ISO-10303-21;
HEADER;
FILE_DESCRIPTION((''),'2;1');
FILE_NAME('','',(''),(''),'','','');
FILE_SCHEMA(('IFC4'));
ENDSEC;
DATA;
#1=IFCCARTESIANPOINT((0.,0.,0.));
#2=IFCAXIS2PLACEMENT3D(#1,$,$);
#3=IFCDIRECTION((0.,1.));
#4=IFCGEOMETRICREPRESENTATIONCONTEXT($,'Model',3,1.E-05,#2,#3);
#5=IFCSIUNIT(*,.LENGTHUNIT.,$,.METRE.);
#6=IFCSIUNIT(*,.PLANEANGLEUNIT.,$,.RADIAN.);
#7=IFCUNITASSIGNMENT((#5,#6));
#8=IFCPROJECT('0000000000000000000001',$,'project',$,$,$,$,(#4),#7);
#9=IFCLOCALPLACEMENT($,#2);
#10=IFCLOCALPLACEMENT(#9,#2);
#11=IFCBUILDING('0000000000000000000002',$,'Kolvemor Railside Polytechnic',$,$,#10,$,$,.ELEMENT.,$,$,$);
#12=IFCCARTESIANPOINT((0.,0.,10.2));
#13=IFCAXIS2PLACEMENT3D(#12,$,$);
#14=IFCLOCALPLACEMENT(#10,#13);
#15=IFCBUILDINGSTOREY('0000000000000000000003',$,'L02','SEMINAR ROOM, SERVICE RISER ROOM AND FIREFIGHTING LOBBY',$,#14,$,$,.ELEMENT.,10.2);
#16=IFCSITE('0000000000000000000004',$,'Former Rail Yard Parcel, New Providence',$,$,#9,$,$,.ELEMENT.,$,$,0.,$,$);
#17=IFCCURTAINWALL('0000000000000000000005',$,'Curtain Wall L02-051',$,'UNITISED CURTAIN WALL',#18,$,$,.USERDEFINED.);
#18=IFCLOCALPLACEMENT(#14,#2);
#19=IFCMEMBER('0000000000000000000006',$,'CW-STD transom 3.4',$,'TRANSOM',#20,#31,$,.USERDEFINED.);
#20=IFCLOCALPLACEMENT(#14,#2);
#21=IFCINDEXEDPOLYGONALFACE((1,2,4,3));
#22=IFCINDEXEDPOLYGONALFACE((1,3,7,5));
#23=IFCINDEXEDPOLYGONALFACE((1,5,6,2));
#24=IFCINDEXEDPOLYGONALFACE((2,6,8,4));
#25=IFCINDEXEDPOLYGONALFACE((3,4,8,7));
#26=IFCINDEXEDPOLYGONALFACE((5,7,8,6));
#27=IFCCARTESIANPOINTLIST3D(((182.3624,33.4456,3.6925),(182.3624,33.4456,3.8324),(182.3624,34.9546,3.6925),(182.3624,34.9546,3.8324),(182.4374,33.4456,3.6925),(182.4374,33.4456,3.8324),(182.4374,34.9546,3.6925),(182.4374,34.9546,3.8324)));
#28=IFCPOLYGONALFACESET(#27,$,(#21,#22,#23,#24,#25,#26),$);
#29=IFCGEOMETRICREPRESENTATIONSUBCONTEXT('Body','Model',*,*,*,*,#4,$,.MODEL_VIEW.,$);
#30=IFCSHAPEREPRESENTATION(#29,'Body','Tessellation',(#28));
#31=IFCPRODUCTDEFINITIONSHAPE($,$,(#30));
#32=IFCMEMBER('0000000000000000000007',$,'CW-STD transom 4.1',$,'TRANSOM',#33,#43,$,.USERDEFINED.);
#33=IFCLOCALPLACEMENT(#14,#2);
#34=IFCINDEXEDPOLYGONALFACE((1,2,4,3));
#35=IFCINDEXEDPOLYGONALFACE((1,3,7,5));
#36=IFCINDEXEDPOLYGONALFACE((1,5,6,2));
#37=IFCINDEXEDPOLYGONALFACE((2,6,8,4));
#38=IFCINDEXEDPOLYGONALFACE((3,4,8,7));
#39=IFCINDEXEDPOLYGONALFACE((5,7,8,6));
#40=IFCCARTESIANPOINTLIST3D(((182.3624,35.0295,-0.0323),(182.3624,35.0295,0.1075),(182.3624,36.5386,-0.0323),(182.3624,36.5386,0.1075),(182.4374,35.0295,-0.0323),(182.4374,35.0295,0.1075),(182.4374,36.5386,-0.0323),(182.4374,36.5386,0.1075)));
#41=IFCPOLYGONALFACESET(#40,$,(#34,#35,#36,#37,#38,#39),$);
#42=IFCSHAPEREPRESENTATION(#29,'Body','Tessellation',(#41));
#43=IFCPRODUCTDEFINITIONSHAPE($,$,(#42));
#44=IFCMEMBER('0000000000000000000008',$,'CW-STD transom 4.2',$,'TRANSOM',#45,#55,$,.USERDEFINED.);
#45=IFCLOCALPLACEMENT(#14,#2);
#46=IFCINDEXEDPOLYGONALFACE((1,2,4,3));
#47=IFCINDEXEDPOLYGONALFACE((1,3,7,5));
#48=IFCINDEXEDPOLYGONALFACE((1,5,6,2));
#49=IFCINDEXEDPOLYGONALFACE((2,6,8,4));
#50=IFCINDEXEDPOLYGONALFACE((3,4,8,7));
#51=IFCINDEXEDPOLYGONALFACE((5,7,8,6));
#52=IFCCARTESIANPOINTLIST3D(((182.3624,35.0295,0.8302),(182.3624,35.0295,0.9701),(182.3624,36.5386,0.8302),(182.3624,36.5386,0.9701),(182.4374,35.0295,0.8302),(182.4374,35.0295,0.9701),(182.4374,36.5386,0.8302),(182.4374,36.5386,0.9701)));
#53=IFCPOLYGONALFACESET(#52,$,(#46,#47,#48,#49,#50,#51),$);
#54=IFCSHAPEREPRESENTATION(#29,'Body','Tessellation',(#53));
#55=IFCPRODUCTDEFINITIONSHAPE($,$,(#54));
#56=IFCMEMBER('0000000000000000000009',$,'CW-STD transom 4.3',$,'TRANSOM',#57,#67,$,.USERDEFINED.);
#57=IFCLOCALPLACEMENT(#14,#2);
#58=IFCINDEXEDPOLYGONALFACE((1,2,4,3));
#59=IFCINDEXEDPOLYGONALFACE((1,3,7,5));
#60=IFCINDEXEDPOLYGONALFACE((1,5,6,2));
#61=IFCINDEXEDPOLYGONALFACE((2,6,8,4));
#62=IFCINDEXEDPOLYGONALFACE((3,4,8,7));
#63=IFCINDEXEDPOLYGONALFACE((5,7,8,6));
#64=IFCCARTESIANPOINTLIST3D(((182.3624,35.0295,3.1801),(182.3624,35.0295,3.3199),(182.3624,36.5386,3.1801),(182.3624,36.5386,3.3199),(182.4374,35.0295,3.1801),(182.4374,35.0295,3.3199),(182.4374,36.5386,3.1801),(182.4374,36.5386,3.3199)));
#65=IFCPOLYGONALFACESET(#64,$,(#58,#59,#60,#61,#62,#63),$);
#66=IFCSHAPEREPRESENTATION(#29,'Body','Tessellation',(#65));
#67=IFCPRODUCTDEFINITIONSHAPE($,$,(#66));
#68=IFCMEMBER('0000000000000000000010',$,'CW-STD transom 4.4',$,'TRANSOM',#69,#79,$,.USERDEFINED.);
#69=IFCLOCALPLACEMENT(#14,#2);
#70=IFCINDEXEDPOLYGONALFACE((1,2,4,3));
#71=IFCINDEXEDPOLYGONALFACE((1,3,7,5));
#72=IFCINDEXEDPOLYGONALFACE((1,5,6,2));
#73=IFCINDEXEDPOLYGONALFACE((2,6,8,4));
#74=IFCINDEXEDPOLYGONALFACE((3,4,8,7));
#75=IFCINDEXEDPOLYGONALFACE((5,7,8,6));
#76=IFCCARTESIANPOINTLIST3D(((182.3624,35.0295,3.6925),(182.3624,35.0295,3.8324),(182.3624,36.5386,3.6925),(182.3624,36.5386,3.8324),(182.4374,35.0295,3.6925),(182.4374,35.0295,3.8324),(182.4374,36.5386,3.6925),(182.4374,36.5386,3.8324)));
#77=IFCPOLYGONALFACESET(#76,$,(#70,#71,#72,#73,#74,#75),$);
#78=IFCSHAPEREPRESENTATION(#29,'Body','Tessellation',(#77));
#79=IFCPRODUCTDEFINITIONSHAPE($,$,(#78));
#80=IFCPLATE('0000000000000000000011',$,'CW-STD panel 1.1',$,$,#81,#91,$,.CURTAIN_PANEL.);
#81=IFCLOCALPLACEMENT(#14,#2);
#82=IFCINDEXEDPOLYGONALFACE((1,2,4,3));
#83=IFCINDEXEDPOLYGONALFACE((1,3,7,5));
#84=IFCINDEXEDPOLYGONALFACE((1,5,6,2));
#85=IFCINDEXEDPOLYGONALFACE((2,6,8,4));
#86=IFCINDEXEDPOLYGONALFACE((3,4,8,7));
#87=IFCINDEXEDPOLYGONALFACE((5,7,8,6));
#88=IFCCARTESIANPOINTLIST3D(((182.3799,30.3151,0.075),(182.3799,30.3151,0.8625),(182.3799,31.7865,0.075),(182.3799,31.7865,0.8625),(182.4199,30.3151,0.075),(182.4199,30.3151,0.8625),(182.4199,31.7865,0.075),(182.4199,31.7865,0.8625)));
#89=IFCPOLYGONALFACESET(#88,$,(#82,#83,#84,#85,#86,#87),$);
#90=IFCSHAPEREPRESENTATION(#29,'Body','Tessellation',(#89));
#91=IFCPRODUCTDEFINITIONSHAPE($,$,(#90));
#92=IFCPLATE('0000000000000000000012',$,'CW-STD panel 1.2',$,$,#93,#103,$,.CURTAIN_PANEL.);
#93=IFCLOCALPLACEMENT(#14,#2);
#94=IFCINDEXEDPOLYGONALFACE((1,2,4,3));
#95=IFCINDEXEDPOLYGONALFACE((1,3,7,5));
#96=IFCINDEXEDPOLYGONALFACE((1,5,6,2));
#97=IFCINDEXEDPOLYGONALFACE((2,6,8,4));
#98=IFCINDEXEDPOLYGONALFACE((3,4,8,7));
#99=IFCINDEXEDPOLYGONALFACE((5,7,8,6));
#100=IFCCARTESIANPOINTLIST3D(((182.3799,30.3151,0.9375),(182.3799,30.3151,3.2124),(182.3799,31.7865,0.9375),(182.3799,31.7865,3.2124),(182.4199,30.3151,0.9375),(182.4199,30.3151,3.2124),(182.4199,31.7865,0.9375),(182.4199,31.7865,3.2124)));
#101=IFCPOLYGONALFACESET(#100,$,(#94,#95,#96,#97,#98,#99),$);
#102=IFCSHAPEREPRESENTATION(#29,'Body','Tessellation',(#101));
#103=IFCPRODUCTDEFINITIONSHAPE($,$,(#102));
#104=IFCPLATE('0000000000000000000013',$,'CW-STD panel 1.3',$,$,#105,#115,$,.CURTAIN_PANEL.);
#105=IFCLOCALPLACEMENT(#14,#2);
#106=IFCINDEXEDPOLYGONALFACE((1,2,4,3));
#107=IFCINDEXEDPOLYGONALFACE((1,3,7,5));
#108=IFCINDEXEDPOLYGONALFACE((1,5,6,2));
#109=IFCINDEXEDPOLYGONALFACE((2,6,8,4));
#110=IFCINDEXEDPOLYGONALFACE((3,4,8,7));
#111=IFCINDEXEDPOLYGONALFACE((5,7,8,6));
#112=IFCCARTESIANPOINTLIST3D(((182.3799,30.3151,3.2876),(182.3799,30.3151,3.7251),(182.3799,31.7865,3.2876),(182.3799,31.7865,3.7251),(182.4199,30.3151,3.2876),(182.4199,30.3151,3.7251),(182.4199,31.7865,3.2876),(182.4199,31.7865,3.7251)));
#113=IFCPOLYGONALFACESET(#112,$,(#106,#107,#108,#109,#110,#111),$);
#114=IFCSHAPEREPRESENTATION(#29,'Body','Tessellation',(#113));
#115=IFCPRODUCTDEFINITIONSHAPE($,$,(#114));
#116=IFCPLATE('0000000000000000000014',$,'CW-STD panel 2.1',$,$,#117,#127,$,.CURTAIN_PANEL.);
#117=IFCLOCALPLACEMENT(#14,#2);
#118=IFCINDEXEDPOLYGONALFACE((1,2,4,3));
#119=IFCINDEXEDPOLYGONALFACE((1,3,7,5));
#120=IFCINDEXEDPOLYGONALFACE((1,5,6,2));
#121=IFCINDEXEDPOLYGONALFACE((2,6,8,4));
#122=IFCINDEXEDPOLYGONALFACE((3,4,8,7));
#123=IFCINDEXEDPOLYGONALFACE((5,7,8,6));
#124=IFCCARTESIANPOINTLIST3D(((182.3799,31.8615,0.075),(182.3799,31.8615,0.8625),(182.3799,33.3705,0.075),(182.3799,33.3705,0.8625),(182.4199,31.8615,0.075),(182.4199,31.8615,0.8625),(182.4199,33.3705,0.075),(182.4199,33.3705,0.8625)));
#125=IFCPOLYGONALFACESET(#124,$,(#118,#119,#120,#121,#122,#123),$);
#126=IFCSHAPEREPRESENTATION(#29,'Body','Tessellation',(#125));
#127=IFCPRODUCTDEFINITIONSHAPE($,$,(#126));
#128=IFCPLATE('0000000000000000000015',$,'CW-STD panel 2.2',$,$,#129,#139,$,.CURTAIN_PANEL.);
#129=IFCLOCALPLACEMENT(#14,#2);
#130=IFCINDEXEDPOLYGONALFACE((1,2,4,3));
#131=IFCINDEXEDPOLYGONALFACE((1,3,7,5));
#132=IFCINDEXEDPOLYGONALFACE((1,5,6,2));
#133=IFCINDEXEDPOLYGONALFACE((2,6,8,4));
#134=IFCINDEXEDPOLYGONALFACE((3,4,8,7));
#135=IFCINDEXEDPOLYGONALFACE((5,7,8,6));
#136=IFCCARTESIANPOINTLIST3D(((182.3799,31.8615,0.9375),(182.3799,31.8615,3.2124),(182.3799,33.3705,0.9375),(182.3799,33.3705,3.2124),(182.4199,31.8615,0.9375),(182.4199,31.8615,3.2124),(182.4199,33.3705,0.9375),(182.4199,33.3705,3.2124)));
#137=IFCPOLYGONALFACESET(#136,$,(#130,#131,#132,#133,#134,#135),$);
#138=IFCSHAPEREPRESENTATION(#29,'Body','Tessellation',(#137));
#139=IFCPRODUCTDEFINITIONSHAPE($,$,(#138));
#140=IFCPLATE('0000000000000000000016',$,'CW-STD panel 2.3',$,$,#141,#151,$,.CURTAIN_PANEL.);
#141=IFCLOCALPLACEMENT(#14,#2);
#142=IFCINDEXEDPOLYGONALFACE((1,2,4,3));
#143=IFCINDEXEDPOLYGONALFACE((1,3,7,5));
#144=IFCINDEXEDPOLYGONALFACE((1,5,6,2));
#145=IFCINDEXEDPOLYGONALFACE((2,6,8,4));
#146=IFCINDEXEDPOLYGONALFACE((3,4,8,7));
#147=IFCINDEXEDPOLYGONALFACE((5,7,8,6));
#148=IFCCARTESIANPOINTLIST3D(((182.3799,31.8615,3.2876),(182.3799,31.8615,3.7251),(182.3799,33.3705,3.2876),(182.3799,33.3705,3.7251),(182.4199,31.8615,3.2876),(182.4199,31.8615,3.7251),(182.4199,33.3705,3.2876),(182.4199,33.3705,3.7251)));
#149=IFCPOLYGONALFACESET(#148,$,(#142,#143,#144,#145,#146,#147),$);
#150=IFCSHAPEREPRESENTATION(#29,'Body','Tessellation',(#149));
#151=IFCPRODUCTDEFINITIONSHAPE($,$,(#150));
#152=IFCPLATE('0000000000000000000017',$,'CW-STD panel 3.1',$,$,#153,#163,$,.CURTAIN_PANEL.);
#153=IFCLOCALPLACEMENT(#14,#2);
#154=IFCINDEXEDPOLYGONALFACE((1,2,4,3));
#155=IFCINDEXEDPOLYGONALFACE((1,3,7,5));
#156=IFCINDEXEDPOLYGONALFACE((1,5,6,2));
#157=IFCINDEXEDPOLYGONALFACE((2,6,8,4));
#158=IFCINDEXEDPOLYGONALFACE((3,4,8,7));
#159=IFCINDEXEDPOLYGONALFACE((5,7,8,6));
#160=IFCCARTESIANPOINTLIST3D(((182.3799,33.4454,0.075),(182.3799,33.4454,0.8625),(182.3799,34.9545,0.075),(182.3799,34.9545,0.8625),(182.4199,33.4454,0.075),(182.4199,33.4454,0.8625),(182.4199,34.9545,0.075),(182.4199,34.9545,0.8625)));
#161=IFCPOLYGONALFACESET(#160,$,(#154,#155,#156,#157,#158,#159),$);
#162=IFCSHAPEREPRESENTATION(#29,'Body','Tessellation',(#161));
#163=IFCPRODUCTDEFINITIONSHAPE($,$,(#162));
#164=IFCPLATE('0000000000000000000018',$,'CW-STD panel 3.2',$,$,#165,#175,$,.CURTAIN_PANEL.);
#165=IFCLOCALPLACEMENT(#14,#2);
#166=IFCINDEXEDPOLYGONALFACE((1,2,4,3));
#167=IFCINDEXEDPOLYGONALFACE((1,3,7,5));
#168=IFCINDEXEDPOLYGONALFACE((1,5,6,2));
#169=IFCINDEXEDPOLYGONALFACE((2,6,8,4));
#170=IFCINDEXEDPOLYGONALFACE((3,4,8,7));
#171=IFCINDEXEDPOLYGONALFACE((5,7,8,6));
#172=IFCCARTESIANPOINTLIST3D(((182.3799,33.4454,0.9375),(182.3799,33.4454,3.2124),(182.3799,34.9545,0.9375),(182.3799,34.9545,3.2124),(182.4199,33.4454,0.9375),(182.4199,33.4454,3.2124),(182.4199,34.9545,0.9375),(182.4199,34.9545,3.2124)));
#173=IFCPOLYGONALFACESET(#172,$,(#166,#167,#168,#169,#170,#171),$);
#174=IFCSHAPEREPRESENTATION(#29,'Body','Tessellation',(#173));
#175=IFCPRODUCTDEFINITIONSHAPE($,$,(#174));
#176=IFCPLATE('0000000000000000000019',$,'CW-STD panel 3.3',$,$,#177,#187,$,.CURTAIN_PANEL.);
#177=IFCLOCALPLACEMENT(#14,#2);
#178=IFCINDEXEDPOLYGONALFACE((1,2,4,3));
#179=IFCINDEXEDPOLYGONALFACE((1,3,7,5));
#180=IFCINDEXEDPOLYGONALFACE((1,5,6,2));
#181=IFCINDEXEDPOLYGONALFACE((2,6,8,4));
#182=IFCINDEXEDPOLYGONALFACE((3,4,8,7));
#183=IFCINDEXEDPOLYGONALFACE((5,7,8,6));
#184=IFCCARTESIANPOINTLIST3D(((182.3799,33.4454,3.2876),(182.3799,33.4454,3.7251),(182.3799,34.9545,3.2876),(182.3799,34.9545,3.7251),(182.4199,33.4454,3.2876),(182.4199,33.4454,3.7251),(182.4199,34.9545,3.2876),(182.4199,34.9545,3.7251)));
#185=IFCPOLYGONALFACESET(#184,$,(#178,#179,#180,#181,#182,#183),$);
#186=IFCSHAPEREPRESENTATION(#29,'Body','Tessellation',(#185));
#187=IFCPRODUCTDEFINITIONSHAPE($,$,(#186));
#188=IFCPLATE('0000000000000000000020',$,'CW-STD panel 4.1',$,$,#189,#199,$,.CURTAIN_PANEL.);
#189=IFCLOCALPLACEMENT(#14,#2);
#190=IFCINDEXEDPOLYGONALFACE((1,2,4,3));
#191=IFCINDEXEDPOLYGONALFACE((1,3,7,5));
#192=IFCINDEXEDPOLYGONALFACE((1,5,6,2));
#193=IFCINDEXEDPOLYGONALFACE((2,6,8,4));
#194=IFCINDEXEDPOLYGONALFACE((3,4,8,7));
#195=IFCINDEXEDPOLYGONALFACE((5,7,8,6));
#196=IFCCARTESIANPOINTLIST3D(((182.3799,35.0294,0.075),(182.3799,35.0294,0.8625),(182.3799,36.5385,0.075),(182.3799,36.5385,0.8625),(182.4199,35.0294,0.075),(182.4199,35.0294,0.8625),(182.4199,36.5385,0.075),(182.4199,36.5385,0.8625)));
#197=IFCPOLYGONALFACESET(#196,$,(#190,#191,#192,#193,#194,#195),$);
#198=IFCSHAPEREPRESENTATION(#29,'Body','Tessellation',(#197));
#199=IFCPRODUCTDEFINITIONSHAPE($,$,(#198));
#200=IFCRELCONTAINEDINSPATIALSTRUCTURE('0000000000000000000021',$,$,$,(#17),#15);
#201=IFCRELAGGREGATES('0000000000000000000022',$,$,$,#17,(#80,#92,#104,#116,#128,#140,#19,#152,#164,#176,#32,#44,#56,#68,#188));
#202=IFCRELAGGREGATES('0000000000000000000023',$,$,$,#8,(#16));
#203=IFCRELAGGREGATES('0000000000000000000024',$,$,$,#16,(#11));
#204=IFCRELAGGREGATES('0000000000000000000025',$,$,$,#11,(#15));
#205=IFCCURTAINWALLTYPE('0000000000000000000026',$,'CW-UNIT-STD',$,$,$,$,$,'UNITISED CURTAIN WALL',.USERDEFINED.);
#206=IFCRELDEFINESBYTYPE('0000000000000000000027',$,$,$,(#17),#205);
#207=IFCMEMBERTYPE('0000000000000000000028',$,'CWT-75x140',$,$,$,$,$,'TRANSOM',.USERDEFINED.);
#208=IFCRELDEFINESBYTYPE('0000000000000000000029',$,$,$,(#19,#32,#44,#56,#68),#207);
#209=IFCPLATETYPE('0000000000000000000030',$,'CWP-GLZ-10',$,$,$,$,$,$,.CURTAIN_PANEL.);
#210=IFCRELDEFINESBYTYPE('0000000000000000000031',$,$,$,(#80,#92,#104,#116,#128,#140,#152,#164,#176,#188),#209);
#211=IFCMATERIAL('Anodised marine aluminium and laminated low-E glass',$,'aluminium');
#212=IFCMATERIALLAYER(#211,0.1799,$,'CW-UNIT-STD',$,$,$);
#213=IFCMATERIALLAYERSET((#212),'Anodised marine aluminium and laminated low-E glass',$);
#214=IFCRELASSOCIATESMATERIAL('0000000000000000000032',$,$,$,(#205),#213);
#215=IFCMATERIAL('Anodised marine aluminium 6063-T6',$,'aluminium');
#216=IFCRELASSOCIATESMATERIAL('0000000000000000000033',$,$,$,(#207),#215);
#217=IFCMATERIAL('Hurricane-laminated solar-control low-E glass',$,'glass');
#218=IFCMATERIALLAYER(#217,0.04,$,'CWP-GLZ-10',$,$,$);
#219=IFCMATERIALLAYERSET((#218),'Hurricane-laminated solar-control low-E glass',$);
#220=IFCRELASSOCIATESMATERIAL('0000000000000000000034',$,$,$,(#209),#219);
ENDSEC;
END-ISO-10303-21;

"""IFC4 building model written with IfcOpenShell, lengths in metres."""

from ifc_helpers import new_model, si_unit, direction, frame, origin, origin_2d, place, context, subcontext, project, spatial, rectangle, extrude, material, layer, layer_set, material_profile, profile_set, type_object, element, aggregate, save


model = new_model("IFC4")

# Units and contexts
model_context = context("Model", 3, precision=1e-05, world=origin(), true_north=direction((0.0, 1.0)))
body_context = subcontext(model_context, "Body", "Model", "MODEL_VIEW")
ifc_project = project(units=[si_unit("LENGTHUNIT", "METRE"), si_unit("PLANEANGLEUNIT", "RADIAN")], contexts=[model_context])

# Site, building, storey
site_placement = place(None, origin())
site = spatial("IfcSite", under=ifc_project, at=site_placement, Name="Former Rail Yard Parcel, New Providence", CompositionType="ELEMENT", RefElevation=0.0)
building_placement = place(site_placement, origin())
building = spatial("IfcBuilding", under=site, at=building_placement, Name="Kolvemor Railside Polytechnic", CompositionType="ELEMENT")
storey_placement = place(building_placement, frame((0.0, 0.0, 10.2)))
storey = spatial("IfcBuildingStorey", under=building, at=storey_placement, Name="L02", Description="SEMINAR ROOM, SERVICE RISER ROOM AND FIREFIGHTING LOBBY", CompositionType="ELEMENT", Elevation=10.2)

# Curtain wall, members, plates
ifc_material_1 = material(Name="Anodised marine aluminium and laminated low-E glass", Category="aluminium")
ifc_layer_1 = layer(ifc_material_1, 0.1799, Name="CW-UNIT-STD")
ifc_layer_set_1 = layer_set([ifc_layer_1], Name="Anodised marine aluminium and laminated low-E glass")
curtain_wall_type = type_object("IfcCurtainWallType", Name="CW-UNIT-STD", ElementType="UNITISED CURTAIN WALL", PredefinedType="USERDEFINED", material=ifc_layer_set_1)
curtain_wall_placement = place(storey_placement, origin())
curtain_wall = element("IfcCurtainWall", 1, at=curtain_wall_placement, inside=storey, type_object=curtain_wall_type, Name="Curtain Wall L02-051", ObjectType="UNITISED CURTAIN WALL", PredefinedType="USERDEFINED")
ifc_material_2 = material(Name="Anodised marine aluminium 6063-T6", Category="aluminium")
ifc_material_profile_1 = material_profile(ifc_material_2, rectangle(XDim=0.075, YDim=0.1399, at=origin_2d()), Name="CW-TRN-75x140")
ifc_profile_set_1 = profile_set([ifc_material_profile_1], Name="Anodised marine aluminium 6063-T6")
member_type_1 = type_object("IfcMemberType", Name="CWT-75x140", ElementType="TRANSOM", PredefinedType="USERDEFINED", material=ifc_profile_set_1)
member_1_placement = place(storey_placement, frame((182.3999, 33.4456, 3.7625), z_axis=(0.0, 1.0, 0.0), x_axis=(-1.0, 0.0, 0.0)))
member_1 = element("IfcMember", 2, at=member_1_placement, type_object=member_type_1, Name="CW-STD transom 3.4", ObjectType="TRANSOM", PredefinedType="USERDEFINED", context=body_context, shape_type="SweptSolid", body=[
    extrude(rectangle(XDim=0.075, YDim=0.1399, at=origin_2d()), origin(), (0.0, 0.0, 1.0), 1.509),
])
member_2_placement = place(storey_placement, frame((182.3999, 35.0295, 0.0376), z_axis=(0.0, 1.0, 0.0), x_axis=(-1.0, 0.0, 0.0)))
member_2 = element("IfcMember", 3, at=member_2_placement, type_object=member_type_1, Name="CW-STD transom 4.1", ObjectType="TRANSOM", PredefinedType="USERDEFINED", context=body_context, shape_type="SweptSolid", body=[
    extrude(rectangle(XDim=0.075, YDim=0.1399, at=origin_2d()), origin(), (0.0, 0.0, 1.0), 1.509),
])
member_3_placement = place(storey_placement, frame((182.3999, 35.0295, 0.9001), z_axis=(0.0, 1.0, 0.0), x_axis=(-1.0, 0.0, 0.0)))
member_3 = element("IfcMember", 4, at=member_3_placement, type_object=member_type_1, Name="CW-STD transom 4.2", ObjectType="TRANSOM", PredefinedType="USERDEFINED", context=body_context, shape_type="SweptSolid", body=[
    extrude(rectangle(XDim=0.075, YDim=0.1399, at=origin_2d()), origin(), (0.0, 0.0, 1.0), 1.509),
])
member_4_placement = place(storey_placement, frame((182.3999, 35.0295, 3.25), z_axis=(0.0, 1.0, 0.0), x_axis=(-1.0, 0.0, 0.0)))
member_4 = element("IfcMember", 5, at=member_4_placement, type_object=member_type_1, Name="CW-STD transom 4.3", ObjectType="TRANSOM", PredefinedType="USERDEFINED", context=body_context, shape_type="SweptSolid", body=[
    extrude(rectangle(XDim=0.075, YDim=0.1399, at=origin_2d()), origin(), (0.0, 0.0, 1.0), 1.509),
])
member_5_placement = place(storey_placement, frame((182.3999, 35.0295, 3.7625), z_axis=(0.0, 1.0, 0.0), x_axis=(-1.0, 0.0, 0.0)))
member_5 = element("IfcMember", 6, at=member_5_placement, type_object=member_type_1, Name="CW-STD transom 4.4", ObjectType="TRANSOM", PredefinedType="USERDEFINED", context=body_context, shape_type="SweptSolid", body=[
    extrude(rectangle(XDim=0.075, YDim=0.1399, at=origin_2d()), origin(), (0.0, 0.0, 1.0), 1.509),
])
ifc_material_3 = material(Name="Hurricane-laminated solar-control low-E glass", Category="glass")
ifc_layer_2 = layer(ifc_material_3, 0.04, Name="CWP-GLZ-10")
ifc_layer_set_2 = layer_set([ifc_layer_2], Name="Hurricane-laminated solar-control low-E glass")
plate_type = type_object("IfcPlateType", Name="CWP-GLZ-10", PredefinedType="CURTAIN_PANEL", material=ifc_layer_set_2)
plate_1_placement = place(storey_placement, frame((182.3999, 31.0508, 0.075), z_axis=(0.0, 0.0, 1.0), x_axis=(0.0, 1.0, 0.0)))
plate_1 = element("IfcPlate", 7, at=plate_1_placement, type_object=plate_type, Name="CW-STD panel 1.1", PredefinedType="CURTAIN_PANEL", context=body_context, shape_type="SweptSolid", body=[
    extrude(rectangle(XDim=1.4714, YDim=0.04, at=origin_2d()), origin(), (0.0, 0.0, 1.0), 0.7876),
])
plate_2_placement = place(storey_placement, frame((182.3999, 31.0508, 0.9375), z_axis=(0.0, 0.0, 1.0), x_axis=(0.0, 1.0, 0.0)))
plate_2 = element("IfcPlate", 8, at=plate_2_placement, type_object=plate_type, Name="CW-STD panel 1.2", PredefinedType="CURTAIN_PANEL", context=body_context, shape_type="SweptSolid", body=[
    extrude(rectangle(XDim=1.4714, YDim=0.04, at=origin_2d()), origin(), (0.0, 0.0, 1.0), 2.2749),
])
plate_3_placement = place(storey_placement, frame((182.3999, 31.0508, 3.2876), z_axis=(0.0, 0.0, 1.0), x_axis=(0.0, 1.0, 0.0)))
plate_3 = element("IfcPlate", 9, at=plate_3_placement, type_object=plate_type, Name="CW-STD panel 1.3", PredefinedType="CURTAIN_PANEL", context=body_context, shape_type="SweptSolid", body=[
    extrude(rectangle(XDim=1.4714, YDim=0.04, at=origin_2d()), origin(), (0.0, 0.0, 1.0), 0.4375),
])
plate_4_placement = place(storey_placement, frame((182.3999, 32.616, 0.075), z_axis=(0.0, 0.0, 1.0), x_axis=(0.0, 1.0, 0.0)))
plate_4 = element("IfcPlate", 10, at=plate_4_placement, type_object=plate_type, Name="CW-STD panel 2.1", PredefinedType="CURTAIN_PANEL", context=body_context, shape_type="SweptSolid", body=[
    extrude(rectangle(XDim=1.509, YDim=0.04, at=origin_2d()), origin(), (0.0, 0.0, 1.0), 0.7876),
])
plate_5_placement = place(storey_placement, frame((182.3999, 32.616, 0.9375), z_axis=(0.0, 0.0, 1.0), x_axis=(0.0, 1.0, 0.0)))
plate_5 = element("IfcPlate", 11, at=plate_5_placement, type_object=plate_type, Name="CW-STD panel 2.2", PredefinedType="CURTAIN_PANEL", context=body_context, shape_type="SweptSolid", body=[
    extrude(rectangle(XDim=1.509, YDim=0.04, at=origin_2d()), origin(), (0.0, 0.0, 1.0), 2.2749),
])
plate_6_placement = place(storey_placement, frame((182.3999, 32.616, 3.2876), z_axis=(0.0, 0.0, 1.0), x_axis=(0.0, 1.0, 0.0)))
plate_6 = element("IfcPlate", 12, at=plate_6_placement, type_object=plate_type, Name="CW-STD panel 2.3", PredefinedType="CURTAIN_PANEL", context=body_context, shape_type="SweptSolid", body=[
    extrude(rectangle(XDim=1.509, YDim=0.04, at=origin_2d()), origin(), (0.0, 0.0, 1.0), 0.4375),
])
plate_7_placement = place(storey_placement, frame((182.3999, 34.2, 0.075), z_axis=(0.0, 0.0, 1.0), x_axis=(0.0, 1.0, 0.0)))
plate_7 = element("IfcPlate", 13, at=plate_7_placement, type_object=plate_type, Name="CW-STD panel 3.1", PredefinedType="CURTAIN_PANEL", context=body_context, shape_type="SweptSolid", body=[
    extrude(rectangle(XDim=1.509, YDim=0.04, at=origin_2d()), origin(), (0.0, 0.0, 1.0), 0.7876),
])
plate_8_placement = place(storey_placement, frame((182.3999, 34.2, 0.9375), z_axis=(0.0, 0.0, 1.0), x_axis=(0.0, 1.0, 0.0)))
plate_8 = element("IfcPlate", 14, at=plate_8_placement, type_object=plate_type, Name="CW-STD panel 3.2", PredefinedType="CURTAIN_PANEL", context=body_context, shape_type="SweptSolid", body=[
    extrude(rectangle(XDim=1.509, YDim=0.04, at=origin_2d()), origin(), (0.0, 0.0, 1.0), 2.2749),
])
plate_9_placement = place(storey_placement, frame((182.3999, 34.2, 3.2876), z_axis=(0.0, 0.0, 1.0), x_axis=(0.0, 1.0, 0.0)))
plate_9 = element("IfcPlate", 15, at=plate_9_placement, type_object=plate_type, Name="CW-STD panel 3.3", PredefinedType="CURTAIN_PANEL", context=body_context, shape_type="SweptSolid", body=[
    extrude(rectangle(XDim=1.509, YDim=0.04, at=origin_2d()), origin(), (0.0, 0.0, 1.0), 0.4375),
])
plate_10_placement = place(storey_placement, frame((182.3999, 35.7839, 0.075), z_axis=(0.0, 0.0, 1.0), x_axis=(0.0, 1.0, 0.0)))
plate_10 = element("IfcPlate", 16, at=plate_10_placement, type_object=plate_type, Name="CW-STD panel 4.1", PredefinedType="CURTAIN_PANEL", context=body_context, shape_type="SweptSolid", body=[
    extrude(rectangle(XDim=1.509, YDim=0.04, at=origin_2d()), origin(), (0.0, 0.0, 1.0), 0.7876),
])
aggregate(curtain_wall, [plate_1, plate_2, plate_3, plate_4, plate_5, plate_6, member_1, plate_7, plate_8, plate_9, member_2, member_3, member_4, member_5, plate_10])

save(model, "model.ifc")
